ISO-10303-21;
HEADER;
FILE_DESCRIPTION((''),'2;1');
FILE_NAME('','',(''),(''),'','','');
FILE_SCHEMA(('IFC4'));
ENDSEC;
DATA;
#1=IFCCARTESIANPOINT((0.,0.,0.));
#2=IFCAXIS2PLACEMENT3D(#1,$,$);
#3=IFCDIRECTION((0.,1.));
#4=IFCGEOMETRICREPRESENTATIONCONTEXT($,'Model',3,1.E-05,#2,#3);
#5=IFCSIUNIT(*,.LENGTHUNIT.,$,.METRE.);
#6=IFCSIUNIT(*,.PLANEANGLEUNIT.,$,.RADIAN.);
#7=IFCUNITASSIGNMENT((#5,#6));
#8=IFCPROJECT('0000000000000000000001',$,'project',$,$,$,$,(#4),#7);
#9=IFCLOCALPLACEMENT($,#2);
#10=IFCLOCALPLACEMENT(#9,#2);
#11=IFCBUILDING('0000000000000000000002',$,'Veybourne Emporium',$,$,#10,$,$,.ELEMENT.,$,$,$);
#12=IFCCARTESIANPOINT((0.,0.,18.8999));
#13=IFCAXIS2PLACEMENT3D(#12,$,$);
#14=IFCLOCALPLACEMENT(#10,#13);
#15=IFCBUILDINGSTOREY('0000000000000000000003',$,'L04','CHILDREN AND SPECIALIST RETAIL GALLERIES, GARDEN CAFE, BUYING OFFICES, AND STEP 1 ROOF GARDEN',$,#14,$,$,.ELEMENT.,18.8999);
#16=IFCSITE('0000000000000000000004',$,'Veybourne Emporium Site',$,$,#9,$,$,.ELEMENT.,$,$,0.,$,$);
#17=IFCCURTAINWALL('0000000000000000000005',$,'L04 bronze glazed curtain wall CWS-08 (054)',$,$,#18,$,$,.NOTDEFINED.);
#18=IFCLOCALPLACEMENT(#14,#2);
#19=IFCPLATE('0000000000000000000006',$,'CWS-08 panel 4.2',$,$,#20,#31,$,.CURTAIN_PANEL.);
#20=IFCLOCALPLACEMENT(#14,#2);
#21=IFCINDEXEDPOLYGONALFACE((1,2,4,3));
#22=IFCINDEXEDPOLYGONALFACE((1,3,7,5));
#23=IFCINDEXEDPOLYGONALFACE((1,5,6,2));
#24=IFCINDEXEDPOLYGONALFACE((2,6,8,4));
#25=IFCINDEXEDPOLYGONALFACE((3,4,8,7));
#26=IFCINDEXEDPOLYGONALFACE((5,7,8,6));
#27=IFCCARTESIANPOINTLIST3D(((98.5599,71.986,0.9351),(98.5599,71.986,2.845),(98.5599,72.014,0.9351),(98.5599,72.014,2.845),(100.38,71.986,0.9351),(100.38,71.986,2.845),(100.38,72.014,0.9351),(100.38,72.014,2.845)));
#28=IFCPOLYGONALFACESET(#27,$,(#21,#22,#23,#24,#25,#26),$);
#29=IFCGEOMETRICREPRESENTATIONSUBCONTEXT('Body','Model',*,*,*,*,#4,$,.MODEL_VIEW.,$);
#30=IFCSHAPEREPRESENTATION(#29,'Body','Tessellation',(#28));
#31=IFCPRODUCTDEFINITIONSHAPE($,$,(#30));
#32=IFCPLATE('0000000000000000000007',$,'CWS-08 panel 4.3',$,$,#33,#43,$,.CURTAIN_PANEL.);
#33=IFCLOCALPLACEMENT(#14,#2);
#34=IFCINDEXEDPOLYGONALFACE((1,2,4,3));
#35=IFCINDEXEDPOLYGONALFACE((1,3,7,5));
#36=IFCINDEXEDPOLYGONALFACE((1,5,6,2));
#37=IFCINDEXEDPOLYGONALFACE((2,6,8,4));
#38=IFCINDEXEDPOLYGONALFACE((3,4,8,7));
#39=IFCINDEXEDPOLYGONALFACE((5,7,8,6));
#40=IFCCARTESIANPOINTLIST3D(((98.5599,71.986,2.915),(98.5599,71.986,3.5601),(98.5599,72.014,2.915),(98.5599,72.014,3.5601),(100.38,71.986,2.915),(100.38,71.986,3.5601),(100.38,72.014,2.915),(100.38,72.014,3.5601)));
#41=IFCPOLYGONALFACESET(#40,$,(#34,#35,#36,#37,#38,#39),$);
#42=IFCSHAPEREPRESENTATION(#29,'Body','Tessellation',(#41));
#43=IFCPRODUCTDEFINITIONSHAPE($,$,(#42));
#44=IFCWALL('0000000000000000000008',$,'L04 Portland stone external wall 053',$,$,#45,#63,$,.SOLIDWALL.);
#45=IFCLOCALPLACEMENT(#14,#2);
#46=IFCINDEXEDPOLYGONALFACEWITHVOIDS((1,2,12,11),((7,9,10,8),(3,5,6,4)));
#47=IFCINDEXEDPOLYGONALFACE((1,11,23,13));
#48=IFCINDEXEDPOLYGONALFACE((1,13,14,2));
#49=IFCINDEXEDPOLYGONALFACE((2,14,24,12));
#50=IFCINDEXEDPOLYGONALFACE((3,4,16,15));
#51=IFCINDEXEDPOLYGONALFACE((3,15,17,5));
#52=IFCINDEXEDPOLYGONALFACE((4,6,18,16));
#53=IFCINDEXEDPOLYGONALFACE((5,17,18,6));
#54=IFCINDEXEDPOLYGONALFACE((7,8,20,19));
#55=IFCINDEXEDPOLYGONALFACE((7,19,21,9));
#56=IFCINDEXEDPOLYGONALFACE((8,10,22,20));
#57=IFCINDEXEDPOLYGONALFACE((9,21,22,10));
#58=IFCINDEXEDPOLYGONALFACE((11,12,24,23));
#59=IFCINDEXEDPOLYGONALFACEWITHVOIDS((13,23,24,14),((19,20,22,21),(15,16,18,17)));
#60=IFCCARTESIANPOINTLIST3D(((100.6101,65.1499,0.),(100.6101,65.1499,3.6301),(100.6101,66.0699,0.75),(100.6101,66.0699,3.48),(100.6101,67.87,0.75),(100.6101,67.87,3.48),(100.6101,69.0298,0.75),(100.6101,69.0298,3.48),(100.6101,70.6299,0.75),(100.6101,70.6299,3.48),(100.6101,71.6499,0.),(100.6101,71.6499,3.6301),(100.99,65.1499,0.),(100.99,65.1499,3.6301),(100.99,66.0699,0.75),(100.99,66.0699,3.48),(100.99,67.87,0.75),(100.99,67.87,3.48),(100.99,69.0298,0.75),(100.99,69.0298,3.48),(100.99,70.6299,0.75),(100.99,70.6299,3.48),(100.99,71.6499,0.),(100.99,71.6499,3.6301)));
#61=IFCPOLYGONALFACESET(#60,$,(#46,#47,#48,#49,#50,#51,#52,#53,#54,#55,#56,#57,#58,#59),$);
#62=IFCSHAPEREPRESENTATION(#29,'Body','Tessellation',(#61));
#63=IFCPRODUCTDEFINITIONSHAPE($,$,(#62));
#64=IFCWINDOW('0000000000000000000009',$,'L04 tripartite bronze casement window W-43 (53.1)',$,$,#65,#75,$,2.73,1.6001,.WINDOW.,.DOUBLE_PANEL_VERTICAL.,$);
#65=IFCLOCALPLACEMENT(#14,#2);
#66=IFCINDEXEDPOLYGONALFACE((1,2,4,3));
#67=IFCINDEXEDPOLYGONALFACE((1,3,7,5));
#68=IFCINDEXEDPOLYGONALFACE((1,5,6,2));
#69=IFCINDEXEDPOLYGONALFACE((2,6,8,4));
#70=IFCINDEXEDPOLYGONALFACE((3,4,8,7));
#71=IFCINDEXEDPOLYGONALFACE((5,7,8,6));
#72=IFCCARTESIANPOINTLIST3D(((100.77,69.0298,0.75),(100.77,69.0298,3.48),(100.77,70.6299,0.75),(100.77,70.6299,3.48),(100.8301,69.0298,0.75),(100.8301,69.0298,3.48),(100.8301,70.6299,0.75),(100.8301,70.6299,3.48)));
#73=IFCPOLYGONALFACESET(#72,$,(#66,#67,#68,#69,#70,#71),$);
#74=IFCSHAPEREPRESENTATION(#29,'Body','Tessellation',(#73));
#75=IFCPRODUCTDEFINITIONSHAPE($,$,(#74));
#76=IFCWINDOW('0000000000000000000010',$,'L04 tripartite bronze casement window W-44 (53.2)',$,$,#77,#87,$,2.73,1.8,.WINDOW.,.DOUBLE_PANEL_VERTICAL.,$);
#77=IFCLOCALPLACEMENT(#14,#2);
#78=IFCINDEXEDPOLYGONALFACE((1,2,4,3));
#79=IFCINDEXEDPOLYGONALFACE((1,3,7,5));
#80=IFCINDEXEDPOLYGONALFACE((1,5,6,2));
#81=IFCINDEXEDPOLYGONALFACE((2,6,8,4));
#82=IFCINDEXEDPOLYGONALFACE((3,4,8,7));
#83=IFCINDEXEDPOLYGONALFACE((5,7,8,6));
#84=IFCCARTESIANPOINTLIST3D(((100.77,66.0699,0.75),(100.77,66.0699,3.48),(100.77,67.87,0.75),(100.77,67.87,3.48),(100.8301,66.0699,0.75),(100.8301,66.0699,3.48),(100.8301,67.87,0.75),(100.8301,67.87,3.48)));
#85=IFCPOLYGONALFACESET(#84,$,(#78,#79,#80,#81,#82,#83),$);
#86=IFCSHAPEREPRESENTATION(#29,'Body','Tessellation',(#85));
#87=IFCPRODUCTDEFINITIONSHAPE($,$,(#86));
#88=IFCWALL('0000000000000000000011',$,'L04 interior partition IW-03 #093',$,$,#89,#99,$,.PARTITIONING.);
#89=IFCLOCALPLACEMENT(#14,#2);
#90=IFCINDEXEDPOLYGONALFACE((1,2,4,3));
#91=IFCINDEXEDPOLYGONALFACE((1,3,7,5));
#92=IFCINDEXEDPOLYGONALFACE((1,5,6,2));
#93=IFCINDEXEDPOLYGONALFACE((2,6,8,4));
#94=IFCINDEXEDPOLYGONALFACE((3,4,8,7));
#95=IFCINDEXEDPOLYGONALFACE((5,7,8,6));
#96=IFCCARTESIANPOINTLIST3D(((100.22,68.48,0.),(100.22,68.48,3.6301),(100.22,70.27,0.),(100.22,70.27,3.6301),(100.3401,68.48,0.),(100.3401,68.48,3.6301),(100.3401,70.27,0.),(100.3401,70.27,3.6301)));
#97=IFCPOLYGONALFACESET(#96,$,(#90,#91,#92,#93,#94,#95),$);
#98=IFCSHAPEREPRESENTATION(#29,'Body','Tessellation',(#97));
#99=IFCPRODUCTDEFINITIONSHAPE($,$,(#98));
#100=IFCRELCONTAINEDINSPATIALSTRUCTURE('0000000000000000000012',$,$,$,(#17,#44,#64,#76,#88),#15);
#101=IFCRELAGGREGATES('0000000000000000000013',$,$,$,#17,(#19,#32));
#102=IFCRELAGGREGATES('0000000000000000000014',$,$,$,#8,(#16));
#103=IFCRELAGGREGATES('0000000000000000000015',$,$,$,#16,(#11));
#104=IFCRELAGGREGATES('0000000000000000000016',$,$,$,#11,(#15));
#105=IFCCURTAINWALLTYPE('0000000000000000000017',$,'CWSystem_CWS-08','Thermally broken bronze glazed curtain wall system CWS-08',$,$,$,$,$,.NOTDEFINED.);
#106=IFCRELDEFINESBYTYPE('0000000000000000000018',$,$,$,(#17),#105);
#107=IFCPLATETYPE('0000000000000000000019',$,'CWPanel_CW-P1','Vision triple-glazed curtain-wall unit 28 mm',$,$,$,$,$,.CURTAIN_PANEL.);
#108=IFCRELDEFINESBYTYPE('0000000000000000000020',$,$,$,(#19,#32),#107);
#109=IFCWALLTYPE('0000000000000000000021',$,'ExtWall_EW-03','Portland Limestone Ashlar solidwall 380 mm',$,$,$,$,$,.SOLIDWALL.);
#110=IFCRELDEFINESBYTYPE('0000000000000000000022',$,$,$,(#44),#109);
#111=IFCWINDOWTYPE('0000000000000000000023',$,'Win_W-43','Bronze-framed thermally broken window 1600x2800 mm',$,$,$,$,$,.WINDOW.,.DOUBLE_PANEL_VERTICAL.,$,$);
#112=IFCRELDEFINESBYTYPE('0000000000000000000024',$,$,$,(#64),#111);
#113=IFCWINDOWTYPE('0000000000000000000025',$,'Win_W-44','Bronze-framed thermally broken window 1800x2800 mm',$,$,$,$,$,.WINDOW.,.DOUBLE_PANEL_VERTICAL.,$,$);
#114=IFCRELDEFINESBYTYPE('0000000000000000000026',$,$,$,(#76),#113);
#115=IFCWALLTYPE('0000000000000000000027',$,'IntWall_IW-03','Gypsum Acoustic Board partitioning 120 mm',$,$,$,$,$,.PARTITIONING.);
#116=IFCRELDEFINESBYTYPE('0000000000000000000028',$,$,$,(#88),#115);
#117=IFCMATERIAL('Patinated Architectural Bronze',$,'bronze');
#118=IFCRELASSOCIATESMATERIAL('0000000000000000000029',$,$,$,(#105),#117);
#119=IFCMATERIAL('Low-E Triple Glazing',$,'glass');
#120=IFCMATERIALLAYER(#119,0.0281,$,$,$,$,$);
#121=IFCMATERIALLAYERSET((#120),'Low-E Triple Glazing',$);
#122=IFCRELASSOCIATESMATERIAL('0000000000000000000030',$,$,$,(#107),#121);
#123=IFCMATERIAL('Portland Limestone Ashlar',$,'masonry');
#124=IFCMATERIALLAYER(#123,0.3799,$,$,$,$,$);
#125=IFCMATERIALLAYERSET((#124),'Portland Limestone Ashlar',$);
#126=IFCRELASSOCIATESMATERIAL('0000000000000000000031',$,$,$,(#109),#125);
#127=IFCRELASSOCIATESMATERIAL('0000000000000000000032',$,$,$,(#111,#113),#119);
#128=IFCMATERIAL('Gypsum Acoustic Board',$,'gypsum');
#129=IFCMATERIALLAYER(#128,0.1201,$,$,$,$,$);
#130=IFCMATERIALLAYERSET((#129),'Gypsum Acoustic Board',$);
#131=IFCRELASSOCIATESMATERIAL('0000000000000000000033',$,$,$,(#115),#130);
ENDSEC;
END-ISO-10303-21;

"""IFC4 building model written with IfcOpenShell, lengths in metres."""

from ifc_helpers import new_model, si_unit, direction, frame, frame_2d, origin, origin_2d, place, context, subcontext, project, spatial, rectangle, extrude, material, layer, layer_set, type_object, element, fill, aggregate, save


model = new_model("IFC4")

# Units and contexts
model_context = context("Model", 3, precision=1e-05, world=origin(), true_north=direction((0.0, 1.0)))
body_context = subcontext(model_context, "Body", "Model", "MODEL_VIEW")
ifc_project = project(units=[si_unit("LENGTHUNIT", "METRE"), si_unit("PLANEANGLEUNIT", "RADIAN")], contexts=[model_context])

# Site, building, storey
site_placement = place(None, origin())
site = spatial("IfcSite", under=ifc_project, at=site_placement, Name="Veybourne Emporium Site", CompositionType="ELEMENT", RefElevation=0.0)
building_placement = place(site_placement, origin())
building = spatial("IfcBuilding", under=site, at=building_placement, Name="Veybourne Emporium", CompositionType="ELEMENT")
storey_placement = place(building_placement, frame((0.0, 0.0, 18.8999)))
storey = spatial("IfcBuildingStorey", under=building, at=storey_placement, Name="L04", Description="CHILDREN AND SPECIALIST RETAIL GALLERIES, GARDEN CAFE, BUYING OFFICES, AND STEP 1 ROOF GARDEN", CompositionType="ELEMENT", Elevation=18.8999)

# Curtain wall, plates
ifc_material_1 = material(Name="Patinated Architectural Bronze", Category="bronze")
curtain_wall_type = type_object("IfcCurtainWallType", Name="CWSystem_CWS-08", Description="Thermally broken bronze glazed curtain wall system CWS-08", PredefinedType="NOTDEFINED", material=ifc_material_1)
curtain_wall_placement = place(storey_placement, origin())
curtain_wall = element("IfcCurtainWall", 1, at=curtain_wall_placement, inside=storey, type_object=curtain_wall_type, Name="L04 bronze glazed curtain wall CWS-08 (054)", PredefinedType="NOTDEFINED")
ifc_material_2 = material(Name="Low-E Triple Glazing", Category="glass")
ifc_layer_1 = layer(ifc_material_2, 0.0281)
ifc_layer_set_1 = layer_set([ifc_layer_1], Name="Low-E Triple Glazing")
plate_type = type_object("IfcPlateType", Name="CWPanel_CW-P1", Description="Vision triple-glazed curtain-wall unit 28 mm", PredefinedType="CURTAIN_PANEL", material=ifc_layer_set_1)
plate_1_placement = place(storey_placement, frame((99.47, 72.0, 0.9351), z_axis=(0.0, 0.0, 1.0), x_axis=(1.0, 0.0, 0.0)))
plate_1 = element("IfcPlate", 2, at=plate_1_placement, type_object=plate_type, Name="CWS-08 panel 4.2", PredefinedType="CURTAIN_PANEL", context=body_context, shape_type="SweptSolid", body=[
    extrude(rectangle(XDim=1.8201, YDim=0.0281, at=origin_2d()), origin(), (0.0, 0.0, 1.0), 1.9099),
])
plate_2_placement = place(storey_placement, frame((99.47, 72.0, 2.915), z_axis=(0.0, 0.0, 1.0), x_axis=(1.0, 0.0, 0.0)))
plate_2 = element("IfcPlate", 3, at=plate_2_placement, type_object=plate_type, Name="CWS-08 panel 4.3", PredefinedType="CURTAIN_PANEL", context=body_context, shape_type="SweptSolid", body=[
    extrude(rectangle(XDim=1.8201, YDim=0.0281, at=origin_2d()), origin(), (0.0, 0.0, 1.0), 0.645),
])
aggregate(curtain_wall, [plate_1, plate_2])

# Wall, openings, windows
ifc_material_3 = material(Name="Portland Limestone Ashlar", Category="masonry")
ifc_layer_2 = layer(ifc_material_3, 0.3799)
ifc_layer_set_2 = layer_set([ifc_layer_2], Name="Portland Limestone Ashlar")
wall_type_1 = type_object("IfcWallType", Name="ExtWall_EW-03", Description="Portland Limestone Ashlar solidwall 380 mm", PredefinedType="SOLIDWALL", material=ifc_layer_set_2)
wall_1_placement = place(storey_placement, frame((100.8, 71.6499, 0.0), z_axis=(0.0, 0.0, 1.0), x_axis=(0.0, -1.0, 0.0)))
wall_1 = element("IfcWall", 4, at=wall_1_placement, inside=storey, type_object=wall_type_1, Name="L04 Portland stone external wall 053", PredefinedType="SOLIDWALL", context=body_context, shape_type="SweptSolid", body=[
    extrude(rectangle(XDim=6.5, YDim=0.3799, at=frame_2d((3.25, 0.0))), origin(), (0.0, 0.0, 1.0), 3.6301),
])
opening_1_placement = place(wall_1_placement, frame((1.02, 0.0, 0.75)))
opening_1 = element("IfcOpeningElement", 5, at=opening_1_placement, cuts=wall_1, PredefinedType="OPENING", context=body_context, shape_type="SweptSolid", body=[
    extrude(rectangle(XDim=1.6001, YDim=2.73, at=frame_2d((0.8, 1.365))), frame((0.0, 0.21, 0.0), z_axis=(0.0, -1.0, 0.0), x_axis=(1.0, 0.0, 0.0)), (0.0, 0.0, 1.0), 0.4199),
])
opening_2_placement = place(wall_1_placement, frame((3.78, 0.0, 0.75)))
opening_2 = element("IfcOpeningElement", 6, at=opening_2_placement, cuts=wall_1, PredefinedType="OPENING", context=body_context, shape_type="SweptSolid", body=[
    extrude(rectangle(XDim=1.8, YDim=2.73, at=frame_2d((0.8999, 1.365))), frame((0.0, 0.21, 0.0), z_axis=(0.0, -1.0, 0.0), x_axis=(1.0, 0.0, 0.0)), (0.0, 0.0, 1.0), 0.4199),
])
window_type_1 = type_object("IfcWindowType", Name="Win_W-43", Description="Bronze-framed thermally broken window 1600x2800 mm", PartitioningType="DOUBLE_PANEL_VERTICAL", PredefinedType="WINDOW", material=ifc_material_2)
window_1_placement = place(opening_1_placement, origin())
window_1 = element("IfcWindow", 7, at=window_1_placement, inside=storey, type_object=window_type_1, Name="L04 tripartite bronze casement window W-43 (53.1)", OverallHeight=2.73, OverallWidth=1.6001, PartitioningType="DOUBLE_PANEL_VERTICAL", PredefinedType="WINDOW", context=body_context, shape_type="SweptSolid", body=[
    extrude(rectangle(XDim=1.6001, YDim=2.73, at=frame_2d((0.8, 1.365))), frame((0.0, 0.03, 0.0), z_axis=(0.0, -1.0, 0.0), x_axis=(1.0, 0.0, 0.0)), (0.0, 0.0, 1.0), 0.0601),
])
fill(opening_1, window_1)
window_type_2 = type_object("IfcWindowType", Name="Win_W-44", Description="Bronze-framed thermally broken window 1800x2800 mm", PartitioningType="DOUBLE_PANEL_VERTICAL", PredefinedType="WINDOW", material=ifc_material_2)
window_2_placement = place(opening_2_placement, origin())
window_2 = element("IfcWindow", 8, at=window_2_placement, inside=storey, type_object=window_type_2, Name="L04 tripartite bronze casement window W-44 (53.2)", OverallHeight=2.73, OverallWidth=1.8, PartitioningType="DOUBLE_PANEL_VERTICAL", PredefinedType="WINDOW", context=body_context, shape_type="SweptSolid", body=[
    extrude(rectangle(XDim=1.8, YDim=2.73, at=frame_2d((0.8999, 1.365))), frame((0.0, 0.03, 0.0), z_axis=(0.0, -1.0, 0.0), x_axis=(1.0, 0.0, 0.0)), (0.0, 0.0, 1.0), 0.0601),
])
fill(opening_2, window_2)

# Shared definitions
ifc_material_4 = material(Name="Gypsum Acoustic Board", Category="gypsum")
ifc_layer_3 = layer(ifc_material_4, 0.1201)
ifc_layer_set_3 = layer_set([ifc_layer_3], Name="Gypsum Acoustic Board")
wall_type_2 = type_object("IfcWallType", Name="IntWall_IW-03", Description="Gypsum Acoustic Board partitioning 120 mm", PredefinedType="PARTITIONING", material=ifc_layer_set_3)

# Wall
wall_2_placement = place(storey_placement, frame((100.28, 68.48, 0.0), z_axis=(0.0, 0.0, 1.0), x_axis=(0.0, 1.0, 0.0)))
element("IfcWall", 9, at=wall_2_placement, inside=storey, type_object=wall_type_2, Name="L04 interior partition IW-03 #093", PredefinedType="PARTITIONING", context=body_context, shape_type="SweptSolid", body=[
    extrude(rectangle(XDim=1.79, YDim=0.1201, at=frame_2d((0.895, 0.0))), origin(), (0.0, 0.0, 1.0), 3.6301),
])

save(model, "model.ifc")
